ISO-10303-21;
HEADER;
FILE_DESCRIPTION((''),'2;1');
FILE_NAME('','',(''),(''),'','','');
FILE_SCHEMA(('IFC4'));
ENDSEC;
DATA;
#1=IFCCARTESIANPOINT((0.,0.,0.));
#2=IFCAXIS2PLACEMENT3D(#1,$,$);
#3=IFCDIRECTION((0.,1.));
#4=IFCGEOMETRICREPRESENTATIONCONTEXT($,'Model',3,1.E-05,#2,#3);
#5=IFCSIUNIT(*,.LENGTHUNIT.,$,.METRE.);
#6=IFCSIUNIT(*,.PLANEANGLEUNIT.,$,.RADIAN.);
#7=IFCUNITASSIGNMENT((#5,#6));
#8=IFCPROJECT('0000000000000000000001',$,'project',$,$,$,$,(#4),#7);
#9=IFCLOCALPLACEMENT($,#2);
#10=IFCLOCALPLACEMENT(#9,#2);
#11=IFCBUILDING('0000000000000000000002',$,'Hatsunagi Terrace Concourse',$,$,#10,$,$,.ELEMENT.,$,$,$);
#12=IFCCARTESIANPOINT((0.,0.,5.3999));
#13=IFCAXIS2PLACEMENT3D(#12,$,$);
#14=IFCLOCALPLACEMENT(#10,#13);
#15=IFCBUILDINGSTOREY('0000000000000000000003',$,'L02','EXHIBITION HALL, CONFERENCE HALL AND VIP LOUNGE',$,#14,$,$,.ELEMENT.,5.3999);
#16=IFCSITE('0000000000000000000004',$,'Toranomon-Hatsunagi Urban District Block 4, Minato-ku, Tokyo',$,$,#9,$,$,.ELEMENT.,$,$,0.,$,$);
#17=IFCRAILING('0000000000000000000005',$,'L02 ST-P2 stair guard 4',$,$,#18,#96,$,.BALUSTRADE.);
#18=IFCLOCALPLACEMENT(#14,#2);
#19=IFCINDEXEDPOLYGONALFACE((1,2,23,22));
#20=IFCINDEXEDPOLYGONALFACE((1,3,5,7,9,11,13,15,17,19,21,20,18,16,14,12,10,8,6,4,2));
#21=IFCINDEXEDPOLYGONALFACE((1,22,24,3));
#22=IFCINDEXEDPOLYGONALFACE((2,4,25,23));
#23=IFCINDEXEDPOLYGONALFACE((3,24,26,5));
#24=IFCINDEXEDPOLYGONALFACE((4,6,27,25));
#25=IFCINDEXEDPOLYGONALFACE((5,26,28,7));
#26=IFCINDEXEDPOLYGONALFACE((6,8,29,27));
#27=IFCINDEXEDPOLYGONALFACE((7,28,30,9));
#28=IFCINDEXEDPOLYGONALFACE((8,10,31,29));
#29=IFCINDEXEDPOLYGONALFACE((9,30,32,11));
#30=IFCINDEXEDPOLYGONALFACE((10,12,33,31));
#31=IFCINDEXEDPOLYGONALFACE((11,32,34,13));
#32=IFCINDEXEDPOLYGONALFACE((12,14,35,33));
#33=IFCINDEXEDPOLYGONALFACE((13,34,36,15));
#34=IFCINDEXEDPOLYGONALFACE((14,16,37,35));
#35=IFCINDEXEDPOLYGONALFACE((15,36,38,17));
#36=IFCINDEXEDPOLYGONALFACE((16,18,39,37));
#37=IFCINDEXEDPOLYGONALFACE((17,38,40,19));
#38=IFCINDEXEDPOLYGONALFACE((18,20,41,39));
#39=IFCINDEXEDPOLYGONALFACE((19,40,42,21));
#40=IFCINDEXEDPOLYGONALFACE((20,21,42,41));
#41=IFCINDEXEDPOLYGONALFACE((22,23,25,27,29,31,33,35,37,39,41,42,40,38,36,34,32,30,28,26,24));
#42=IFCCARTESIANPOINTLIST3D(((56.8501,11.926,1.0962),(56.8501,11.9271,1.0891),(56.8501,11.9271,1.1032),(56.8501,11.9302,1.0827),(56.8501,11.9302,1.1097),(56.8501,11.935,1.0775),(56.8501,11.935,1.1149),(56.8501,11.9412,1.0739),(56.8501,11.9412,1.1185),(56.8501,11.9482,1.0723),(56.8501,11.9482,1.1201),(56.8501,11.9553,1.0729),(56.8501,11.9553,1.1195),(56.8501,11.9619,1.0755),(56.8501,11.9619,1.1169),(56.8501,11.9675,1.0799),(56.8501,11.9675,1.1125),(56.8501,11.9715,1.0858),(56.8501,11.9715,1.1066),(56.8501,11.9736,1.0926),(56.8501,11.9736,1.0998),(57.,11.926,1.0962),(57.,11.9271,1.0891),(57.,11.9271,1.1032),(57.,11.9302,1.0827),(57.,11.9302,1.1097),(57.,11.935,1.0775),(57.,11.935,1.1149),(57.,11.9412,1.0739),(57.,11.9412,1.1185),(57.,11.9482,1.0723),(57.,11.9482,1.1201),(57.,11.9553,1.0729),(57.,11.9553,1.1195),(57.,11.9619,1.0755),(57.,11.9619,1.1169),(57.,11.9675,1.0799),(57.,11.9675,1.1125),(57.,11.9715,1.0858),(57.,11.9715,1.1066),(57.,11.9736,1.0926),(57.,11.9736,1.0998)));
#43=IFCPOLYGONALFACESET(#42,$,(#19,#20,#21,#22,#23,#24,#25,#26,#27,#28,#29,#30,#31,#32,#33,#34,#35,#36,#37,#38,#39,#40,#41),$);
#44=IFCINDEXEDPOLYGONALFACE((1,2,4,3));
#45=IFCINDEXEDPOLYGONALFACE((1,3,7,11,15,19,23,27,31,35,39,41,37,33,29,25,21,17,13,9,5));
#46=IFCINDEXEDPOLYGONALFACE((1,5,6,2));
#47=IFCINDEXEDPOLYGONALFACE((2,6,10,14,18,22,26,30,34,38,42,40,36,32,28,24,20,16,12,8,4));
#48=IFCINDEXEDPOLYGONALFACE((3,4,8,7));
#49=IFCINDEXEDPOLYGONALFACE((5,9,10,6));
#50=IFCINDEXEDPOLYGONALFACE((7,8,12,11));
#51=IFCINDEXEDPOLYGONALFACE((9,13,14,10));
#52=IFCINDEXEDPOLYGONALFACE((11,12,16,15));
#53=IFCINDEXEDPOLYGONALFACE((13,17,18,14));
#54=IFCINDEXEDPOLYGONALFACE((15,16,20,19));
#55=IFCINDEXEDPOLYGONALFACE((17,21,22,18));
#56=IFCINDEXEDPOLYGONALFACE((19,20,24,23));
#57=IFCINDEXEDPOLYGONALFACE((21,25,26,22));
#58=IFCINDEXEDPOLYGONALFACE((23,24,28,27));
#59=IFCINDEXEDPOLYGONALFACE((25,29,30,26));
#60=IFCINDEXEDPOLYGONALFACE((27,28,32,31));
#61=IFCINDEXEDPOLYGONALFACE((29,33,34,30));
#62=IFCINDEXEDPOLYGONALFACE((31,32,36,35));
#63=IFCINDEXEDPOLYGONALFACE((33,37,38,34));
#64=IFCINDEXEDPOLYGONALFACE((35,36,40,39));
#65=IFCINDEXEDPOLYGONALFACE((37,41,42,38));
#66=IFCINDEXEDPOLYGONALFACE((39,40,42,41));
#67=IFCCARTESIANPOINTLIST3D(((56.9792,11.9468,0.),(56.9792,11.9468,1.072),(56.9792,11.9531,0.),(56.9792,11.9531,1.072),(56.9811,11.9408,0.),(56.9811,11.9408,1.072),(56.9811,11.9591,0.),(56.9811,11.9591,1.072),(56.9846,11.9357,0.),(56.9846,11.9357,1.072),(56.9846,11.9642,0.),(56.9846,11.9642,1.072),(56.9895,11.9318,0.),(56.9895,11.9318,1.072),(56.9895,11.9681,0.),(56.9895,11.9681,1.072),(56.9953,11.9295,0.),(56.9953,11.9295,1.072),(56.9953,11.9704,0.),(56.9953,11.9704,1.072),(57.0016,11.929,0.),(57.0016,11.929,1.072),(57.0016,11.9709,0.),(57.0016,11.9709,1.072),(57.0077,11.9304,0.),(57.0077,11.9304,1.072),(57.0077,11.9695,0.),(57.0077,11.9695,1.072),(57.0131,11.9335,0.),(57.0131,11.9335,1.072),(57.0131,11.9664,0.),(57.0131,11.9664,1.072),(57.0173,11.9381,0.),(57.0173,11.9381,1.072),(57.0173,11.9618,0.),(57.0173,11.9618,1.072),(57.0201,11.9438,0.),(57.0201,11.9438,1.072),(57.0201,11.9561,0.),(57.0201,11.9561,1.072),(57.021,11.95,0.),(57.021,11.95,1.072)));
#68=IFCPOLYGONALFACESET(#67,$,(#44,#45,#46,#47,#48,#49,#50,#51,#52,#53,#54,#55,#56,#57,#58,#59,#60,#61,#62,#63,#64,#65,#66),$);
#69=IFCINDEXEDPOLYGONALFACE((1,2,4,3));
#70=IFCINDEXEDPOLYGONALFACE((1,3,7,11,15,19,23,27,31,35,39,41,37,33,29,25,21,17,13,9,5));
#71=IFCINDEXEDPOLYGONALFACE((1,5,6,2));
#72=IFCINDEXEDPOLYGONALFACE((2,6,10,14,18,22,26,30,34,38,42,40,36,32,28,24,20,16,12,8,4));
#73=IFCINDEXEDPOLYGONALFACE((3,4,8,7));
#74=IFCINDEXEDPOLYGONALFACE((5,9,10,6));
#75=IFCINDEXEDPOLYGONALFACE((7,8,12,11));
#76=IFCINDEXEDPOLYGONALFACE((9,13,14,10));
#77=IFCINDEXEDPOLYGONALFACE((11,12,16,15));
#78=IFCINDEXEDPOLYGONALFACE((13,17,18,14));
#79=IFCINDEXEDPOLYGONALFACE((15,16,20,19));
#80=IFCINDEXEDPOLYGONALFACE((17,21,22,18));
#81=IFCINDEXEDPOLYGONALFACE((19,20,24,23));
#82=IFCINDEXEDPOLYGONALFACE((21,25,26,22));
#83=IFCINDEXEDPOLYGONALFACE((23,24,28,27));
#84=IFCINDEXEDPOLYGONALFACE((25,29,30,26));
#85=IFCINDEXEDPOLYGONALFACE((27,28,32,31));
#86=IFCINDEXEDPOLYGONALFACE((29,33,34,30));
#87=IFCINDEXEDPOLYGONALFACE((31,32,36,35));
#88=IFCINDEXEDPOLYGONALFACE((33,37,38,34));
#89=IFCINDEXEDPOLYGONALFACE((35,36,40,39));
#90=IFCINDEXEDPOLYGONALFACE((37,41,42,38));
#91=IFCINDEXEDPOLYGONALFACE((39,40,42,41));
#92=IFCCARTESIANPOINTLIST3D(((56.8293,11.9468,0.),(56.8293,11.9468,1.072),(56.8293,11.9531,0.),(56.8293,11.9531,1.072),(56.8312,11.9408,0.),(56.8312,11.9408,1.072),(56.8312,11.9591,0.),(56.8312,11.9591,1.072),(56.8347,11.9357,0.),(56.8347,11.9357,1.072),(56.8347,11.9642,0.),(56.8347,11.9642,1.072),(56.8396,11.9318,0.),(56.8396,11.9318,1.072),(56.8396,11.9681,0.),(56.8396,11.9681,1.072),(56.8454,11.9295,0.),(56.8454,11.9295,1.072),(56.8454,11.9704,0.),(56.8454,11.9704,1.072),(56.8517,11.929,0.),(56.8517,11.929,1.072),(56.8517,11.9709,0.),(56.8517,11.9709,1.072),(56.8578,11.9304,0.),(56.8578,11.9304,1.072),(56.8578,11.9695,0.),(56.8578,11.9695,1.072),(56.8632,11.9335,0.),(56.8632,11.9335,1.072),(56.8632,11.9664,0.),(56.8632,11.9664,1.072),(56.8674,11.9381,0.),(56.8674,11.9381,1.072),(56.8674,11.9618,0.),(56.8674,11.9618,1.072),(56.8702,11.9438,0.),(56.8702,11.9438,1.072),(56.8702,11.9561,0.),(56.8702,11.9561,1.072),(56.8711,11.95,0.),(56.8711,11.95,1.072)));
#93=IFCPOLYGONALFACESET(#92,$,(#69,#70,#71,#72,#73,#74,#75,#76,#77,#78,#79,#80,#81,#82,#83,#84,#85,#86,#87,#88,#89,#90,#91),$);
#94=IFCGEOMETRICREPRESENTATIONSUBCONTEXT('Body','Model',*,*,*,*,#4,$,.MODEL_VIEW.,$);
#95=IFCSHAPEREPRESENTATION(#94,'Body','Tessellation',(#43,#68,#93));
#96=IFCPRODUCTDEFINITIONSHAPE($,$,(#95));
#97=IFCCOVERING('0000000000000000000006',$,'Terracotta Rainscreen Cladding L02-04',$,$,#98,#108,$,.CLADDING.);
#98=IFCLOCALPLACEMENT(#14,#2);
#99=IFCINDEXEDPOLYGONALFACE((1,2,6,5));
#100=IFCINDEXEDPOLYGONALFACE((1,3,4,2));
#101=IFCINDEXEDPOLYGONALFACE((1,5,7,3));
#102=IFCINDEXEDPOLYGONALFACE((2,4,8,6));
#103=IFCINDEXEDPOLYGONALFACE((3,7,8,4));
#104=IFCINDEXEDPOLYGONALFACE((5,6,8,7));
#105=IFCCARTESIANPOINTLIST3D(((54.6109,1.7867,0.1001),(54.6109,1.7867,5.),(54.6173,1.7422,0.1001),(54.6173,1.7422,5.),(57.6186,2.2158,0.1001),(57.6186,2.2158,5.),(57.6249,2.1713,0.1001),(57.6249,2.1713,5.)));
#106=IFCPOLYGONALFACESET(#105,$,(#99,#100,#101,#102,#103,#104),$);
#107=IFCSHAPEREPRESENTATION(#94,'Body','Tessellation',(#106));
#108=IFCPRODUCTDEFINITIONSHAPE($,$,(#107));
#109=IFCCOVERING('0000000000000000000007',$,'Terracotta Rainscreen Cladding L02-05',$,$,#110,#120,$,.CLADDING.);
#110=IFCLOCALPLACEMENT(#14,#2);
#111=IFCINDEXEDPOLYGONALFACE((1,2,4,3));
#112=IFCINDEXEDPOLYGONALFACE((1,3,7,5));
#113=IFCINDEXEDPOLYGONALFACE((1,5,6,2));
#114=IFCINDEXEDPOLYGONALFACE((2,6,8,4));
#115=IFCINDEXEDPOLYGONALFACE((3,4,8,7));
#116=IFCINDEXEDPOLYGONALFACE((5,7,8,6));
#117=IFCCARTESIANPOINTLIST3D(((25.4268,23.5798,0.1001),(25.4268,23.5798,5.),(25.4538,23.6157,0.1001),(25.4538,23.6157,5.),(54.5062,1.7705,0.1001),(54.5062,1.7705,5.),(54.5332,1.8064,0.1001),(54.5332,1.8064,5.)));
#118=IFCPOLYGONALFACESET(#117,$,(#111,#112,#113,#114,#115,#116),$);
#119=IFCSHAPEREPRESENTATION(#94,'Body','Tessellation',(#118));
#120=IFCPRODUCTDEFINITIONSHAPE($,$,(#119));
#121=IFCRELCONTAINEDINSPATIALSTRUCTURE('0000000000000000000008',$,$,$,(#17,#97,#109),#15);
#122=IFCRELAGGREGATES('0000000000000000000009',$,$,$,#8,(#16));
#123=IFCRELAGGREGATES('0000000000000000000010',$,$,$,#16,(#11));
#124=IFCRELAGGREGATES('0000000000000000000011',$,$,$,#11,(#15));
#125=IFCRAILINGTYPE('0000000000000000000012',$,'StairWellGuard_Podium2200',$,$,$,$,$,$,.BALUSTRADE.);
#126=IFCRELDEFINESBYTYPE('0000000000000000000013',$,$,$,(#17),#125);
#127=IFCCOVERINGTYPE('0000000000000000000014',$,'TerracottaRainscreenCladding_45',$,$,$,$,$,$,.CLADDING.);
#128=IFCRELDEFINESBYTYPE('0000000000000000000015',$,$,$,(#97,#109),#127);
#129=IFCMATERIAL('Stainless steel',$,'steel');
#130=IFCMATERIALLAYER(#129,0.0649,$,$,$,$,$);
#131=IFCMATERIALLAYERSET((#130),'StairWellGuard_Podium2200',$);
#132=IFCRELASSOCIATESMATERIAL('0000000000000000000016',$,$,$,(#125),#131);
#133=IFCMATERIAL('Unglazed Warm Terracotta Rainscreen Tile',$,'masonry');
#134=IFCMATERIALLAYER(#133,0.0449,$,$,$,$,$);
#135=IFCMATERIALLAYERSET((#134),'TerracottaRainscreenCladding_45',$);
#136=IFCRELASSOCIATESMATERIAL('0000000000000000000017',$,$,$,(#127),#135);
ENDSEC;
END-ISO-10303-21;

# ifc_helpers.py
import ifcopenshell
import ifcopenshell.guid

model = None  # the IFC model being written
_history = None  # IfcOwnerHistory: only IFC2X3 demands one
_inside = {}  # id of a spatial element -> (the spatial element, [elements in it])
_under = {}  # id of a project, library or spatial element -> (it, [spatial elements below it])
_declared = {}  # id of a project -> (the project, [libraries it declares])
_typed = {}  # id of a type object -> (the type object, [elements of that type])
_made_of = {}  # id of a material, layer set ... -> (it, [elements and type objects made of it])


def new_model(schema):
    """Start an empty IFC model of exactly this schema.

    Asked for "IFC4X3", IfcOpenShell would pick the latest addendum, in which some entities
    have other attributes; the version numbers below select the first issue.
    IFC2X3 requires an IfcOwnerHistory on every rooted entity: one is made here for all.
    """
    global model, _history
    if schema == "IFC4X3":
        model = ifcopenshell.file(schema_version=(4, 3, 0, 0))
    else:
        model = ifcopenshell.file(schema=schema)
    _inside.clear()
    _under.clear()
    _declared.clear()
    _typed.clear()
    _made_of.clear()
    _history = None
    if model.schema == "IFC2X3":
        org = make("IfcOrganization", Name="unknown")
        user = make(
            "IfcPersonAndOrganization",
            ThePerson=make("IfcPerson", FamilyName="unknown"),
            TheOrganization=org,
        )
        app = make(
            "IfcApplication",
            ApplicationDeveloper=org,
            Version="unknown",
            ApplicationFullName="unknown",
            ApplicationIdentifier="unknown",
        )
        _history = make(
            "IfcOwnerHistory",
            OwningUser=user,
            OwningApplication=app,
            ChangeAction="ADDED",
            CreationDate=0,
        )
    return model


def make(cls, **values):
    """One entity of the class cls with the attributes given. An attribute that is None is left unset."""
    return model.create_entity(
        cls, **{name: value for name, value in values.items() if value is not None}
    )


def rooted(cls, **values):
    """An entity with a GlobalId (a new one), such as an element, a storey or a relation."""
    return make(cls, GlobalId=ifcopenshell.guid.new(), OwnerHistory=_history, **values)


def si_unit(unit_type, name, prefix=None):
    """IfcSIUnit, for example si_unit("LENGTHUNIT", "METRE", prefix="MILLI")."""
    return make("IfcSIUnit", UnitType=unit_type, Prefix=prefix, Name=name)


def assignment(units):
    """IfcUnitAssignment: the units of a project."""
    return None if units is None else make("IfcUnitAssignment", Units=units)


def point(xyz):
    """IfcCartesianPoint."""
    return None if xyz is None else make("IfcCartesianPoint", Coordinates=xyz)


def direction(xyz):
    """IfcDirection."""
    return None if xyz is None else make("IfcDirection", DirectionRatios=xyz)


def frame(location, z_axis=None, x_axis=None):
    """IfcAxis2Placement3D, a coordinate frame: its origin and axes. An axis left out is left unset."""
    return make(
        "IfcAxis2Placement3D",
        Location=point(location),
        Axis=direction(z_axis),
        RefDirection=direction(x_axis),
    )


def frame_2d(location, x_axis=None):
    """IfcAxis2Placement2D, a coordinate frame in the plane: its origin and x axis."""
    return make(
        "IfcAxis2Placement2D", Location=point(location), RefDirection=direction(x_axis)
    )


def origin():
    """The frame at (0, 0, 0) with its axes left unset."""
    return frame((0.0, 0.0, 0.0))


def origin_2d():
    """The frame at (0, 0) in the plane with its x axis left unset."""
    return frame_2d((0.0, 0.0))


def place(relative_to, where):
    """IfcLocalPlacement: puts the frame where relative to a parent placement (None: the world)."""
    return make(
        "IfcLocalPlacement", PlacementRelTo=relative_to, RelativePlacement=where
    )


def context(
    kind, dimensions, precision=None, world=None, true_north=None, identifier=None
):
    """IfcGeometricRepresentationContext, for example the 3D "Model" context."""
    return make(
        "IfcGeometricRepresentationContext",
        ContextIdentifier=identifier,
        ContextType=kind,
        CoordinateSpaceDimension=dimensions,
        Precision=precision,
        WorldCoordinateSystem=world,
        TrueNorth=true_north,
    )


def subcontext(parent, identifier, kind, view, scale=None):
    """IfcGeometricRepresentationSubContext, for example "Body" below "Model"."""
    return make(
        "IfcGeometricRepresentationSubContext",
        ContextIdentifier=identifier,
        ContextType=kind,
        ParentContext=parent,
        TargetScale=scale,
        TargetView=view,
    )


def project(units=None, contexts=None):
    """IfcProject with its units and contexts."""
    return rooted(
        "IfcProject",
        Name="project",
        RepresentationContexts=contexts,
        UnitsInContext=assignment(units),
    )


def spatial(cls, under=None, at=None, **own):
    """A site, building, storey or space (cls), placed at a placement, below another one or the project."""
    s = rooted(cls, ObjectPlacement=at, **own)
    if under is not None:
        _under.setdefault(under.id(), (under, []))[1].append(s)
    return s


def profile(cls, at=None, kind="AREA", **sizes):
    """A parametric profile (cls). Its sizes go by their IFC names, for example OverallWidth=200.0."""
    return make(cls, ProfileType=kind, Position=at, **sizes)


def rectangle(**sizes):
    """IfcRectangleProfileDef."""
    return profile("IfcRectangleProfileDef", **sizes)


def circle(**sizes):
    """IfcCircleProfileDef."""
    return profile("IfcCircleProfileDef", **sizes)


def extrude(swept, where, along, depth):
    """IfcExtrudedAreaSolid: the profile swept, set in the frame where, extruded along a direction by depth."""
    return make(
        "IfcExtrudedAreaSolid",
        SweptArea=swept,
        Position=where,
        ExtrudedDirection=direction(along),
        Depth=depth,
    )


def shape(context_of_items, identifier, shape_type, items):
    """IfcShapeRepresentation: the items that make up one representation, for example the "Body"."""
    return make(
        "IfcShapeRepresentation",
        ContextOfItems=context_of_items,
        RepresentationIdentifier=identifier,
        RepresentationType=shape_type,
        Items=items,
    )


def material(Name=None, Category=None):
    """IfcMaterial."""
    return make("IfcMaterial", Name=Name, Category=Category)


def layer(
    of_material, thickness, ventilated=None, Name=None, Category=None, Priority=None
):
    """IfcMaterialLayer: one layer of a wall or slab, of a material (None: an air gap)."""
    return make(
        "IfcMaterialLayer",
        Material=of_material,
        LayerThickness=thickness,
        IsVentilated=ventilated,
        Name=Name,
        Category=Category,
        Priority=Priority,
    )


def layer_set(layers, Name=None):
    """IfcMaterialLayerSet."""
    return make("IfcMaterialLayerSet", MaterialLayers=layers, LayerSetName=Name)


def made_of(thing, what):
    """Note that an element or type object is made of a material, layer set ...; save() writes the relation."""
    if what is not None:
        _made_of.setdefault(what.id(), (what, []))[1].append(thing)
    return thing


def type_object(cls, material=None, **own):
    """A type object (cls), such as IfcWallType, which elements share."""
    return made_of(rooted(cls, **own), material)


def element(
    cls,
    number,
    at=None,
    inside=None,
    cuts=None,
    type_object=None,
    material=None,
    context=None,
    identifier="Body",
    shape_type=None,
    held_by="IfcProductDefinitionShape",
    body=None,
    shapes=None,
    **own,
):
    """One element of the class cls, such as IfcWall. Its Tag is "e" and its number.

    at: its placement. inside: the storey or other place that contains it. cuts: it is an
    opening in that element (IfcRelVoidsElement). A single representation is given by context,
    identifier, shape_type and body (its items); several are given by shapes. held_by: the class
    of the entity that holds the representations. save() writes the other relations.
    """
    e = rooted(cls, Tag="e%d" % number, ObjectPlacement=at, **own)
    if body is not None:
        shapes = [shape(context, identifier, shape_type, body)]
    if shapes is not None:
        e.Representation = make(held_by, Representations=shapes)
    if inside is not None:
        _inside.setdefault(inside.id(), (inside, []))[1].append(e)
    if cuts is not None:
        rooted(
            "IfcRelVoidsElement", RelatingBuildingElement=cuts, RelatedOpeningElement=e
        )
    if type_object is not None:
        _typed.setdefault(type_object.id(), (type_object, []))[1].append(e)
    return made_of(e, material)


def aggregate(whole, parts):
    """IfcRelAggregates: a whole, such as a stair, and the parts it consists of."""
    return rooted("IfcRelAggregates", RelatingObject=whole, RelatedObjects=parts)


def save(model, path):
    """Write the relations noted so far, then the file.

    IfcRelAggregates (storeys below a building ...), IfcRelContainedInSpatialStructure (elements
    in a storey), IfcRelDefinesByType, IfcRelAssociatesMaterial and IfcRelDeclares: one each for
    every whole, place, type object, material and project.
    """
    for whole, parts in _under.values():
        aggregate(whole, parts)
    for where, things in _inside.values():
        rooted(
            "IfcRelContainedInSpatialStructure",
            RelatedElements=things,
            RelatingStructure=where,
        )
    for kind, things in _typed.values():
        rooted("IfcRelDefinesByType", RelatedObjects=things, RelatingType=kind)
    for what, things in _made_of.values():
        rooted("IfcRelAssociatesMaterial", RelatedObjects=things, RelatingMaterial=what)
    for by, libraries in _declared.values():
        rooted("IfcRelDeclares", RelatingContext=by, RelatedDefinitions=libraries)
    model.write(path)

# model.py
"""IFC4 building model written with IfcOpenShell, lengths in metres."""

from ifc_helpers import new_model, si_unit, direction, frame, origin, origin_2d, place, context, subcontext, project, spatial, rectangle, circle, extrude, material, layer, layer_set, type_object, element, save


model = new_model("IFC4")

# Units and contexts
model_context = context("Model", 3, precision=1e-05, world=origin(), true_north=direction((0.0, 1.0)))
body_context = subcontext(model_context, "Body", "Model", "MODEL_VIEW")
ifc_project = project(units=[si_unit("LENGTHUNIT", "METRE"), si_unit("PLANEANGLEUNIT", "RADIAN")], contexts=[model_context])

# Site, building, storey
site_placement = place(None, origin())
site = spatial("IfcSite", under=ifc_project, at=site_placement, Name="Toranomon-Hatsunagi Urban District Block 4, Minato-ku, Tokyo", CompositionType="ELEMENT", RefElevation=0.0)
building_placement = place(site_placement, origin())
building = spatial("IfcBuilding", under=site, at=building_placement, Name="Hatsunagi Terrace Concourse", CompositionType="ELEMENT")
storey_placement = place(building_placement, frame((0.0, 0.0, 5.3999)))
storey = spatial("IfcBuildingStorey", under=building, at=storey_placement, Name="L02", Description="EXHIBITION HALL, CONFERENCE HALL AND VIP LOUNGE", CompositionType="ELEMENT", Elevation=5.3999)

# Railing
ifc_material_1 = material(Name="Stainless steel", Category="steel")
ifc_layer_1 = layer(ifc_material_1, 0.0649)
ifc_layer_set_1 = layer_set([ifc_layer_1], Name="StairWellGuard_Podium2200")
railing_type_1 = type_object("IfcRailingType", Name="StairWellGuard_Podium2200", PredefinedType="BALUSTRADE", material=ifc_layer_set_1)
railing_1_placement = place(storey_placement, frame((57.0, 11.95, 0.0)))
element("IfcRailing", 1, at=railing_1_placement, inside=storey, type_object=railing_type_1, Name="L02 ST-P2 stair guard 4", PredefinedType="BALUSTRADE", context=body_context, shape_type="SweptSolid", body=[
    extrude(circle(Radius=0.0239, at=origin_2d()), frame((0.0, 0.0, 1.0962), z_axis=(-1.0, 0.0, 0.0), x_axis=(0.0, -1.0, 0.0)), (0.0, 0.0, 1.0), 0.1499),
    extrude(circle(Radius=0.021, at=origin_2d()), origin(), (0.0, 0.0, 1.0), 1.072),
    extrude(circle(Radius=0.021, at=origin_2d()), frame((-0.1499, 0.0, 0.0)), (0.0, 0.0, 1.0), 1.072),
])

# Coverings
ifc_material_2 = material(Name="Unglazed Warm Terracotta Rainscreen Tile", Category="masonry")
ifc_layer_2 = layer(ifc_material_2, 0.0449)
ifc_layer_set_2 = layer_set([ifc_layer_2], Name="TerracottaRainscreenCladding_45")
covering_type = type_object("IfcCoveringType", Name="TerracottaRainscreenCladding_45", PredefinedType="CLADDING", material=ifc_layer_set_2)
covering_1_placement = place(storey_placement, frame((56.1179, 1.979, 0.1001), z_axis=(0.0, 0.0, 1.0), x_axis=(-0.989974, -0.14125, 0.0)))
element("IfcCovering", 2, at=covering_1_placement, inside=storey, type_object=covering_type, Name="Terracotta Rainscreen Cladding L02-04", PredefinedType="CLADDING", context=body_context, shape_type="SweptSolid", body=[
    extrude(rectangle(XDim=3.0381, YDim=0.0449, at=origin_2d()), origin(), (0.0, 0.0, 1.0), 4.8999),
])
covering_2_placement = place(storey_placement, frame((39.98, 12.6931, 0.1001), z_axis=(0.0, 0.0, 1.0), x_axis=(-0.800003, 0.599996, 0.0)))
element("IfcCovering", 3, at=covering_2_placement, inside=storey, type_object=covering_type, Name="Terracotta Rainscreen Cladding L02-05", PredefinedType="CLADDING", context=body_context, shape_type="SweptSolid", body=[
    extrude(rectangle(XDim=36.3491, YDim=0.0449, at=origin_2d()), origin(), (0.0, 0.0, 1.0), 4.8999),
])

save(model, "model.ifc")
